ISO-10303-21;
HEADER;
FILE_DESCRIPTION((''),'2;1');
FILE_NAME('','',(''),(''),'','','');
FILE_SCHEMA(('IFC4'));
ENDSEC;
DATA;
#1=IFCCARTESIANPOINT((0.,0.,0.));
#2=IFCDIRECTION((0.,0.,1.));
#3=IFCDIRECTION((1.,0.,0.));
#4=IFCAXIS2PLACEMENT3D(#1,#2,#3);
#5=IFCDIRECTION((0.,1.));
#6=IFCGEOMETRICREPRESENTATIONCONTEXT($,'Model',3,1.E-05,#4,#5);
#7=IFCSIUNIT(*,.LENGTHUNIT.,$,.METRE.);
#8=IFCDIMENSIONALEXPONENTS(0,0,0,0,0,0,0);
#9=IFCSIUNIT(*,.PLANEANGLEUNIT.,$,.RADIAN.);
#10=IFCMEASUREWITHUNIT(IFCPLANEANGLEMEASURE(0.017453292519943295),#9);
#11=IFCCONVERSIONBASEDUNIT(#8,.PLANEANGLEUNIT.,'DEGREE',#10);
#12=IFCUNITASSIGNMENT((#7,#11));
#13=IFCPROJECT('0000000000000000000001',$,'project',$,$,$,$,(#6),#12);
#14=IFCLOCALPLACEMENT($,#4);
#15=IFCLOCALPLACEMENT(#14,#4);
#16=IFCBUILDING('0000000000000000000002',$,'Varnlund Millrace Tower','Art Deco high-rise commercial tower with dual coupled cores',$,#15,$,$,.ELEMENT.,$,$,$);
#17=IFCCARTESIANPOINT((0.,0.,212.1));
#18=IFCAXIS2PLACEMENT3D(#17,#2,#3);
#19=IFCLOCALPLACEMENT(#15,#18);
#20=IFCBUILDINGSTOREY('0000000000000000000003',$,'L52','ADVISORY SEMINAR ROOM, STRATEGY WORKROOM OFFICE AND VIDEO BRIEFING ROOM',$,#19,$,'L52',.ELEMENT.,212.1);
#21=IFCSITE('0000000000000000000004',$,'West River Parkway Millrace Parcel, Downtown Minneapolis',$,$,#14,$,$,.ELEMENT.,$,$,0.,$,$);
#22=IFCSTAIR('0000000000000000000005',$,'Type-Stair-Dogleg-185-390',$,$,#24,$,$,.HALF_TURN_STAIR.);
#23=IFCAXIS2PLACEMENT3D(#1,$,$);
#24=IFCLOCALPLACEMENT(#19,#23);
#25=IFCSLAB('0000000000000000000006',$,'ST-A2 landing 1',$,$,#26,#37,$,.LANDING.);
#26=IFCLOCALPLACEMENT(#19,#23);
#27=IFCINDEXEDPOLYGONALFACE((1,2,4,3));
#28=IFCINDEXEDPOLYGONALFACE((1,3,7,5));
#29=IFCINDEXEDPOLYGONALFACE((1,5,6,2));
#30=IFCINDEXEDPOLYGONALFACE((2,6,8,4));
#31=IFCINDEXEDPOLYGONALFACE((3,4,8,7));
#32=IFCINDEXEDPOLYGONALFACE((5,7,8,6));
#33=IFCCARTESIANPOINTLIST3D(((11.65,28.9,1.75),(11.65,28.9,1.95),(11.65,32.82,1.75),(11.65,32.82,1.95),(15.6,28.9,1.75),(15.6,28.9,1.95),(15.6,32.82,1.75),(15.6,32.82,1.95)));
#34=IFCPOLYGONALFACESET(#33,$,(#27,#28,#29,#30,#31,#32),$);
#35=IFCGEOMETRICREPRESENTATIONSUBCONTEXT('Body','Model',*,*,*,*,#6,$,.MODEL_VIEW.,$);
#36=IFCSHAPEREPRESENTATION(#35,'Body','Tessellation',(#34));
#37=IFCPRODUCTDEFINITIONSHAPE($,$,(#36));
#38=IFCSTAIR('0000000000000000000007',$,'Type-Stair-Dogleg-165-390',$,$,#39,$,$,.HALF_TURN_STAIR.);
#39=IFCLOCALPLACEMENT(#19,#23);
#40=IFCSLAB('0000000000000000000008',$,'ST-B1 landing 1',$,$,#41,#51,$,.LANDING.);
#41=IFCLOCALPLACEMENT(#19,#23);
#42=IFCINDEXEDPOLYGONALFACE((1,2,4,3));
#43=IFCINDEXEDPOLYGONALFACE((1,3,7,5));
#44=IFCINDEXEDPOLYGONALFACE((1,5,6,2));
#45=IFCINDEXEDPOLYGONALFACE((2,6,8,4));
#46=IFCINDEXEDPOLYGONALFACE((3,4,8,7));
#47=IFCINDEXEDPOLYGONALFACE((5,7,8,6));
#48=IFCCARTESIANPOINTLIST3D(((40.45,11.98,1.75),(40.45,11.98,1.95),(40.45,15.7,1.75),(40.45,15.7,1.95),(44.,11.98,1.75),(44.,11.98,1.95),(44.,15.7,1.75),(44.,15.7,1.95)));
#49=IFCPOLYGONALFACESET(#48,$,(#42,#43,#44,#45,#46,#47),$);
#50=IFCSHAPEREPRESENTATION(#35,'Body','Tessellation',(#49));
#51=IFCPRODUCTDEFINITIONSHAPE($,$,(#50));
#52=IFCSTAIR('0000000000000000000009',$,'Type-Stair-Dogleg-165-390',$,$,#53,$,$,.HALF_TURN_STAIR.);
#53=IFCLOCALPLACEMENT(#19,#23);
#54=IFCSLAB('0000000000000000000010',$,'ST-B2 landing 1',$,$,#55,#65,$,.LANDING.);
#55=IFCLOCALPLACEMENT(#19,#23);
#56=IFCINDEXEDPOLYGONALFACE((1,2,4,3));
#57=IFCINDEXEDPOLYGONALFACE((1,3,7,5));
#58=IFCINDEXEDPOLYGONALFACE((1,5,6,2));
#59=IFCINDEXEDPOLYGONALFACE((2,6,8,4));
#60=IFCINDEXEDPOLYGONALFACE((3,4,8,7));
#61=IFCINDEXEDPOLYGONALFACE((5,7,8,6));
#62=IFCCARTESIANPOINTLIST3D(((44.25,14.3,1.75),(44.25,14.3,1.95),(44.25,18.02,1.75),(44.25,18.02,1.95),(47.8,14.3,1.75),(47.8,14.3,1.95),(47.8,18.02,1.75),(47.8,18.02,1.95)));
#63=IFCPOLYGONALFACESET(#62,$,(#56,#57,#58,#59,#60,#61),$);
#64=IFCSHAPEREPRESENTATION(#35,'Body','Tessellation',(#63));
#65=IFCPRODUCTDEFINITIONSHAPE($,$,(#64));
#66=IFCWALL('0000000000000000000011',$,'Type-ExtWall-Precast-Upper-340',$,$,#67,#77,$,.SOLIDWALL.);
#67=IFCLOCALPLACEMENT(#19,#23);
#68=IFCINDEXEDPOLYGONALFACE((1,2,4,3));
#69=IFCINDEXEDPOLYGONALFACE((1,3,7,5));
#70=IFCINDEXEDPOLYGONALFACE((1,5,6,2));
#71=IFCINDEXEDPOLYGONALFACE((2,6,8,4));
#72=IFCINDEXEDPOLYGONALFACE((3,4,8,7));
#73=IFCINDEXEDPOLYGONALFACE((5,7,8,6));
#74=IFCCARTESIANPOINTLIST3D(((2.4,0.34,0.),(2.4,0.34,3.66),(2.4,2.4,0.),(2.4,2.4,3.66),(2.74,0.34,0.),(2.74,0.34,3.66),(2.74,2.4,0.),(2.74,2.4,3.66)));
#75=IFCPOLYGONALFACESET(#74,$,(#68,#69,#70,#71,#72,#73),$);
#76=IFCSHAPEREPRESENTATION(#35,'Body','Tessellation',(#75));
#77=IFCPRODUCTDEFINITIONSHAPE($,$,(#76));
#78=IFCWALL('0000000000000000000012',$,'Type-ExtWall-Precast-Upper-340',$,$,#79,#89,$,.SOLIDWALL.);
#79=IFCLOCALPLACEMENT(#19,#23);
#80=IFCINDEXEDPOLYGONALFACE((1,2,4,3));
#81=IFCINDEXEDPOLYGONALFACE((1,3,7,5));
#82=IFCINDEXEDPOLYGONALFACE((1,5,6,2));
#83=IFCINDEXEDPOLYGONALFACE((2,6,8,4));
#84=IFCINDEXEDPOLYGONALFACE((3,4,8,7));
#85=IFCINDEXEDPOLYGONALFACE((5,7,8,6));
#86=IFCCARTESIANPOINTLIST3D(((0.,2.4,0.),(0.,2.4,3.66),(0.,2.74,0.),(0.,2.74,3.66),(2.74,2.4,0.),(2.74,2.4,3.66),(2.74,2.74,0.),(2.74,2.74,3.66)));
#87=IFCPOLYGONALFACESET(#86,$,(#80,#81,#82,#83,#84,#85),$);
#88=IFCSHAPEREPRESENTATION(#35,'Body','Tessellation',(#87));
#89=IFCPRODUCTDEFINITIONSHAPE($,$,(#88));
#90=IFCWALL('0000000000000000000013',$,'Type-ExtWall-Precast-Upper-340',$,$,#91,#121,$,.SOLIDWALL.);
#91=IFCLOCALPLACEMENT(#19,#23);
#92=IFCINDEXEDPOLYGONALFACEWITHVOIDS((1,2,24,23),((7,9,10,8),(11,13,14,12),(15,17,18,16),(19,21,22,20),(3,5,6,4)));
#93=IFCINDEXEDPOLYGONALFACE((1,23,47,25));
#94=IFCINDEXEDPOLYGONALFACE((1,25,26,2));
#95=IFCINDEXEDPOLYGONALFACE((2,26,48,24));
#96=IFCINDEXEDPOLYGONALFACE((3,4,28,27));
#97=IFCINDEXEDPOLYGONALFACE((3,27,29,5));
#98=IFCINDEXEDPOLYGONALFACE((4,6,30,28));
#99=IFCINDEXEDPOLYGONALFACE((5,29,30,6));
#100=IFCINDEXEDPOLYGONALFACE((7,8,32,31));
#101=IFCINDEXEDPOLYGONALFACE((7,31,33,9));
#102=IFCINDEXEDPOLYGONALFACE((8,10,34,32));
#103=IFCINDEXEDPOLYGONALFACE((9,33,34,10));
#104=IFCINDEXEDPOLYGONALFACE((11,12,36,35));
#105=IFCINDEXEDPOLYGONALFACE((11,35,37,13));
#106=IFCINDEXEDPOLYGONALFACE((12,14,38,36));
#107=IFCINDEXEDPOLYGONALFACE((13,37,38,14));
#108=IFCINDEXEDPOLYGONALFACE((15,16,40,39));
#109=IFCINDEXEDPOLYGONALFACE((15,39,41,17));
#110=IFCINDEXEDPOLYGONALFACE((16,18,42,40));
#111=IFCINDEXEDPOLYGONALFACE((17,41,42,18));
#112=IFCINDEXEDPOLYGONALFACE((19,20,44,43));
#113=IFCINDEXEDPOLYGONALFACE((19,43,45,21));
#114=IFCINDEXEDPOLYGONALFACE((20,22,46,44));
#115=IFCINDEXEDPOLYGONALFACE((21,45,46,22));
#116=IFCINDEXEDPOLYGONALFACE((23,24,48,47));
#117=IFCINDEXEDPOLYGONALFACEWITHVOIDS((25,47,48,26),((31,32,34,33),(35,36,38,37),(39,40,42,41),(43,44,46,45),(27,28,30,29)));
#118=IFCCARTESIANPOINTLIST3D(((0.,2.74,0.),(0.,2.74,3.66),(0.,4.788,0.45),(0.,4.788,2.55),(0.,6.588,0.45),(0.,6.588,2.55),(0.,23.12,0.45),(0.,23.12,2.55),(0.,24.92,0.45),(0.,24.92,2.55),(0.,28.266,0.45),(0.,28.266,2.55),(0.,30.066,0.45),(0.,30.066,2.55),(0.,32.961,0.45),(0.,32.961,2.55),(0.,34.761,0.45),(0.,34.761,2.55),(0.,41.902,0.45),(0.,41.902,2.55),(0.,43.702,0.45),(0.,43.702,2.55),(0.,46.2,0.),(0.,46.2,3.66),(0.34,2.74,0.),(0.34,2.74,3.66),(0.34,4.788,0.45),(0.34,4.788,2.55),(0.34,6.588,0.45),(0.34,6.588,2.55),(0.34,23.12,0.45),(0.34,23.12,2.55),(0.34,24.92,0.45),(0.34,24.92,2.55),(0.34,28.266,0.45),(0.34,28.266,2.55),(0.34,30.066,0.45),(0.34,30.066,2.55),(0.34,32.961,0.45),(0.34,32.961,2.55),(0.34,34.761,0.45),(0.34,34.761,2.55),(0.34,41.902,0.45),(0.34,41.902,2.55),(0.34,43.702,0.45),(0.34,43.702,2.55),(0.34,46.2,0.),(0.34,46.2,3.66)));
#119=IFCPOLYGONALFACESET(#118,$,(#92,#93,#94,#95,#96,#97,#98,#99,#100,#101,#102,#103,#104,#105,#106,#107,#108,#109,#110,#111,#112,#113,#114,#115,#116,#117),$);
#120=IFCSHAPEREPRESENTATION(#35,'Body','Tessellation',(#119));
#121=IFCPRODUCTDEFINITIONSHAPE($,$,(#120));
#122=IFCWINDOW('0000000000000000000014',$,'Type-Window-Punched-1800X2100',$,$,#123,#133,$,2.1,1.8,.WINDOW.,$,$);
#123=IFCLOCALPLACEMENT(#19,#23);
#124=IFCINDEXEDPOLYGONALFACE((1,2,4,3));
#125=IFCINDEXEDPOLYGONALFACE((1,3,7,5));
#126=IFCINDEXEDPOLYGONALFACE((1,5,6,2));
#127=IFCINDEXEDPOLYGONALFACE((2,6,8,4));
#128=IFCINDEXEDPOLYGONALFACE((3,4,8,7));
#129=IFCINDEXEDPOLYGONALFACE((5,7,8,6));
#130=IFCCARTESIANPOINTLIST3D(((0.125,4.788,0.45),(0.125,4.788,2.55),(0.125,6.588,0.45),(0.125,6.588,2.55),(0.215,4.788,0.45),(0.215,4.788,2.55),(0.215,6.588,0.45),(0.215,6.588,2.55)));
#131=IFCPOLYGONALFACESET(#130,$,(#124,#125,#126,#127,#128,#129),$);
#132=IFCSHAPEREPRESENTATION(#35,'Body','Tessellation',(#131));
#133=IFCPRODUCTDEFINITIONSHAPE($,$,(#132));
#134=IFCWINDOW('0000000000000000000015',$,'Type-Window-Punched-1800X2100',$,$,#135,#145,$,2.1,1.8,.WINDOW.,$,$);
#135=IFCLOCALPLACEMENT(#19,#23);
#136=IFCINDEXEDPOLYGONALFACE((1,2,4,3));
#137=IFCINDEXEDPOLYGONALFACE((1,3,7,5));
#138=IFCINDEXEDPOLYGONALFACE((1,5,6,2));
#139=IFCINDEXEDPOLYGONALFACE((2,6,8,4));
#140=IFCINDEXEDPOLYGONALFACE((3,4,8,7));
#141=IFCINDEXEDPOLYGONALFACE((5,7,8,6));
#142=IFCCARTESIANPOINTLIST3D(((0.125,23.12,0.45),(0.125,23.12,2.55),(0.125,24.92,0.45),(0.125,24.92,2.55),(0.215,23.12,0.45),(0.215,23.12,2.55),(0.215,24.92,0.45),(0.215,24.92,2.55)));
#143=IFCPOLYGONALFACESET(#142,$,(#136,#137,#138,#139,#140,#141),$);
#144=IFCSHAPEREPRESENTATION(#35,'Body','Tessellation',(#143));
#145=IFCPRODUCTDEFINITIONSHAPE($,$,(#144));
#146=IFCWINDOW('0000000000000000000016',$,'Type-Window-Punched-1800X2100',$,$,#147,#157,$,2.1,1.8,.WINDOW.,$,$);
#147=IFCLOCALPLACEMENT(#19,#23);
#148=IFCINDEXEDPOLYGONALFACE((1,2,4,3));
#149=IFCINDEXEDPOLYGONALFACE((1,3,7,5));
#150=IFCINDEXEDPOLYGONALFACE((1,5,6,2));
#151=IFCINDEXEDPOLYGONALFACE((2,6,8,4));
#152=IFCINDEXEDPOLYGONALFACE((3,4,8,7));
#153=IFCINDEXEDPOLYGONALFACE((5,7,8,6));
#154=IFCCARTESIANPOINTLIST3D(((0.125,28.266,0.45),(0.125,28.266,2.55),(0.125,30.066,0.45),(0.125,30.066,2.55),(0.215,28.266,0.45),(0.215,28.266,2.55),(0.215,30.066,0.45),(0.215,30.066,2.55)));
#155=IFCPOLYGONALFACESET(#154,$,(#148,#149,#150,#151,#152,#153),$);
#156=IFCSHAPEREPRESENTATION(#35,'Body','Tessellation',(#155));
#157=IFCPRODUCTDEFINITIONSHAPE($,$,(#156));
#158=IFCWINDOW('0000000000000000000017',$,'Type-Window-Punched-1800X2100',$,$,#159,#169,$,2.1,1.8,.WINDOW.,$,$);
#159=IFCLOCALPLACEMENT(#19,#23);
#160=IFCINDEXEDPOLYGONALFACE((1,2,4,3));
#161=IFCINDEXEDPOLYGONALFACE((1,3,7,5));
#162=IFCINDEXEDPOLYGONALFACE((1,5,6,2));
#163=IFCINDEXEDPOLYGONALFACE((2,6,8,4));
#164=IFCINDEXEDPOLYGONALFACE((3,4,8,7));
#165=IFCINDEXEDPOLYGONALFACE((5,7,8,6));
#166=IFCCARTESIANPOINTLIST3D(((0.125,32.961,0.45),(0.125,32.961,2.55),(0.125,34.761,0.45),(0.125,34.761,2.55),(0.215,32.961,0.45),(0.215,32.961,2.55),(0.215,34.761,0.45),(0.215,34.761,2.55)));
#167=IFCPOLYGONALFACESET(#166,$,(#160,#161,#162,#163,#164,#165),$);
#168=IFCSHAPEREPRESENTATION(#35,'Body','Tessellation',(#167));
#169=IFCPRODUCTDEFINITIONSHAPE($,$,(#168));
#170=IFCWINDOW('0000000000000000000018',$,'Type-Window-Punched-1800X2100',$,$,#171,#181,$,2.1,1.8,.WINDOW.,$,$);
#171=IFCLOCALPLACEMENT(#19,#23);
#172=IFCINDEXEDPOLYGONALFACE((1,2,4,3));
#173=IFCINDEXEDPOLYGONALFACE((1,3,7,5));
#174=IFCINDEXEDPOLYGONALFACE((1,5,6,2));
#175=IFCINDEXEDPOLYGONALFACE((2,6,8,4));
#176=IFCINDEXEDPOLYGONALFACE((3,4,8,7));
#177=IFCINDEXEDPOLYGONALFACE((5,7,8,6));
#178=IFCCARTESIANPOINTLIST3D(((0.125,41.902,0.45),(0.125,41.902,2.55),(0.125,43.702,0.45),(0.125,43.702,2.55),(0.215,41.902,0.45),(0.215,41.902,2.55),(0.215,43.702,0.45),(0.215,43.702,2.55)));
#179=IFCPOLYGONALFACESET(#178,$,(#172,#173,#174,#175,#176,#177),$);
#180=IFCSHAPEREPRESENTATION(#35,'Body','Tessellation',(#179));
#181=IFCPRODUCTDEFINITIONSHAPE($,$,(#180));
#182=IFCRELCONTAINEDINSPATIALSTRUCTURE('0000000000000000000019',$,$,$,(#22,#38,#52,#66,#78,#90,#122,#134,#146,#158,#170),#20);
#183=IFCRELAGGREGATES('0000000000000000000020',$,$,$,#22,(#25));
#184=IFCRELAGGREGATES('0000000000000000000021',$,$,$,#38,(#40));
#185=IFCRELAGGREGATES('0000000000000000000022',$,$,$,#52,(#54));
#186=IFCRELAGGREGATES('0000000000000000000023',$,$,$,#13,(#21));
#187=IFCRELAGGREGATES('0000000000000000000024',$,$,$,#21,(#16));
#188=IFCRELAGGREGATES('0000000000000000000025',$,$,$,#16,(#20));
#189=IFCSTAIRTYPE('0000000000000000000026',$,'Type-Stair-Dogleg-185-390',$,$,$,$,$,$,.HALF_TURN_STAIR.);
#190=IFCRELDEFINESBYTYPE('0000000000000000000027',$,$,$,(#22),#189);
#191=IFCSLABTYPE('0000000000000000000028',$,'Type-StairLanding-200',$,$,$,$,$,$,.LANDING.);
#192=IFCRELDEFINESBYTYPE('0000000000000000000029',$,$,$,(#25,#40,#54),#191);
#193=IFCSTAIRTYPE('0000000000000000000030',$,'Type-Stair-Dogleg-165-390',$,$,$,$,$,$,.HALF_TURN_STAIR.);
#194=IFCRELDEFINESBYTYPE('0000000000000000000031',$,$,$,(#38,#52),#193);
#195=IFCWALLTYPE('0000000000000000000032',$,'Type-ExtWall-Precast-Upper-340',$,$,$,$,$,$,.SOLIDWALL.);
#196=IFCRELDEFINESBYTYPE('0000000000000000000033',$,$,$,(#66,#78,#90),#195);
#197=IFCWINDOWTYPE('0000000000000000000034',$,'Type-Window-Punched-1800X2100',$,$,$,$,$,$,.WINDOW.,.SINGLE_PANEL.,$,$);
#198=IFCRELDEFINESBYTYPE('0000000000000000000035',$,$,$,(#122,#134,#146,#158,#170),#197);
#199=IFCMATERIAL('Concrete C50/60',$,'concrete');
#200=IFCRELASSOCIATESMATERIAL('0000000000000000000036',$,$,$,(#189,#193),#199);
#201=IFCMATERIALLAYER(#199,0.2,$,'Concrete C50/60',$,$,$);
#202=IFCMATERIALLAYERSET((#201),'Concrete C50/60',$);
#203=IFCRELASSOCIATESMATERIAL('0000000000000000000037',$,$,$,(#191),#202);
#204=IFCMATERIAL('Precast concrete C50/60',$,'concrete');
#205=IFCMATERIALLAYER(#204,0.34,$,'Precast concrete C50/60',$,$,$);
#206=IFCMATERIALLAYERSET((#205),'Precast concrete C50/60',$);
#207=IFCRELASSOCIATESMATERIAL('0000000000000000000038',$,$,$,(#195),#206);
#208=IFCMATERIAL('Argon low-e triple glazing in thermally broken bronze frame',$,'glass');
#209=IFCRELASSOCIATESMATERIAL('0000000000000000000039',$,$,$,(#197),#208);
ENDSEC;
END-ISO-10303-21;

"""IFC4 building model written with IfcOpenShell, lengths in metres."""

from ifc_helpers import new_model, entity, si_unit, converted_unit, direction, frame, origin_with_axes, origin_2d_with_axis, place, context, subcontext, project, spatial, polyline, rectangle, outline, extrude, material, layer, layer_set, type_object, element, fill, aggregate, save


model = new_model("IFC4")

# Units and contexts
model_context = context("Model", 3, precision=1e-05, world=origin_with_axes(), true_north=direction((0.0, 1.0)))
body_context = subcontext(model_context, "Body", "Model", "MODEL_VIEW")
ifc_project = project(units=[si_unit("LENGTHUNIT", "METRE"), converted_unit("PLANEANGLEUNIT", "DEGREE", entity("IfcPlaneAngleMeasure", 0.017453292519943295), si_unit("PLANEANGLEUNIT", "RADIAN"), dimensions=[0, 0, 0, 0, 0, 0, 0])], contexts=[model_context])

# Site, building, storey
site_placement = place(None, origin_with_axes())
site = spatial("IfcSite", under=ifc_project, at=site_placement, Name="West River Parkway Millrace Parcel, Downtown Minneapolis", CompositionType="ELEMENT", RefElevation=0.0)
building_placement = place(site_placement, origin_with_axes())
building = spatial("IfcBuilding", under=site, at=building_placement, Name="Varnlund Millrace Tower", Description="Art Deco high-rise commercial tower with dual coupled cores", CompositionType="ELEMENT")
storey_placement = place(building_placement, frame((0.0, 0.0, 212.1), z_axis=(0.0, 0.0, 1.0), x_axis=(1.0, 0.0, 0.0)))
storey = spatial("IfcBuildingStorey", under=building, at=storey_placement, Name="L52", Description="ADVISORY SEMINAR ROOM, STRATEGY WORKROOM OFFICE AND VIDEO BRIEFING ROOM", LongName="L52", CompositionType="ELEMENT", Elevation=212.1)

# Stairs, slabs
ifc_material_1 = material(Name="Concrete C50/60", Category="concrete")
stair_type_1 = type_object("IfcStairType", Name="Type-Stair-Dogleg-185-390", PredefinedType="HALF_TURN_STAIR", material=ifc_material_1)
ifc_layer_1 = layer(ifc_material_1, 0.2, Name="Concrete C50/60")
ifc_layer_set_1 = layer_set([ifc_layer_1], Name="Concrete C50/60")
slab_type = type_object("IfcSlabType", Name="Type-StairLanding-200", PredefinedType="LANDING", material=ifc_layer_set_1)
stair_1_placement = place(storey_placement, origin_with_axes())
stair_1 = element("IfcStair", 1, at=stair_1_placement, inside=storey, type_object=stair_type_1, Name="Type-Stair-Dogleg-185-390", PredefinedType="HALF_TURN_STAIR")
slab_1_placement = place(storey_placement, frame((0.0, 0.0, 1.75), z_axis=(0.0, 0.0, 1.0), x_axis=(1.0, 0.0, 0.0)))
slab_1 = element("IfcSlab", 2, at=slab_1_placement, type_object=slab_type, Name="ST-A2 landing 1", PredefinedType="LANDING", context=body_context, shape_type="SweptSolid", body=[
    extrude(outline(polyline([(11.65, 32.82), (11.65, 28.9), (15.6, 28.9), (15.6, 32.82), (11.65, 32.82)])), origin_with_axes(), (0.0, 0.0, 1.0), 0.2),
])
aggregate(stair_1, [slab_1])
stair_type_2 = type_object("IfcStairType", Name="Type-Stair-Dogleg-165-390", PredefinedType="HALF_TURN_STAIR", material=ifc_material_1)
stair_2_placement = place(storey_placement, origin_with_axes())
stair_2 = element("IfcStair", 3, at=stair_2_placement, inside=storey, type_object=stair_type_2, Name="Type-Stair-Dogleg-165-390", PredefinedType="HALF_TURN_STAIR")
slab_2_placement = place(storey_placement, frame((0.0, 0.0, 1.75), z_axis=(0.0, 0.0, 1.0), x_axis=(1.0, 0.0, 0.0)))
slab_2 = element("IfcSlab", 4, at=slab_2_placement, type_object=slab_type, Name="ST-B1 landing 1", PredefinedType="LANDING", context=body_context, shape_type="SweptSolid", body=[
    extrude(outline(polyline([(44.0, 11.98), (44.0, 15.7), (40.45, 15.7), (40.45, 11.98), (44.0, 11.98)])), origin_with_axes(), (0.0, 0.0, 1.0), 0.2),
])
aggregate(stair_2, [slab_2])
stair_3_placement = place(storey_placement, origin_with_axes())
stair_3 = element("IfcStair", 5, at=stair_3_placement, inside=storey, type_object=stair_type_2, Name="Type-Stair-Dogleg-165-390", PredefinedType="HALF_TURN_STAIR")
slab_3_placement = place(storey_placement, frame((0.0, 0.0, 1.75), z_axis=(0.0, 0.0, 1.0), x_axis=(1.0, 0.0, 0.0)))
slab_3 = element("IfcSlab", 6, at=slab_3_placement, type_object=slab_type, Name="ST-B2 landing 1", PredefinedType="LANDING", context=body_context, shape_type="SweptSolid", body=[
    extrude(outline(polyline([(44.25, 18.02), (44.25, 14.3), (47.8, 14.3), (47.8, 18.02), (44.25, 18.02)])), origin_with_axes(), (0.0, 0.0, 1.0), 0.2),
])
aggregate(stair_3, [slab_3])

# Walls
ifc_material_2 = material(Name="Precast concrete C50/60", Category="concrete")
ifc_layer_2 = layer(ifc_material_2, 0.34, Name="Precast concrete C50/60")
ifc_layer_set_2 = layer_set([ifc_layer_2], Name="Precast concrete C50/60")
wall_type = type_object("IfcWallType", Name="Type-ExtWall-Precast-Upper-340", PredefinedType="SOLIDWALL", material=ifc_layer_set_2)
wall_1_placement = place(storey_placement, frame((2.57, 0.34, 0.0), z_axis=(0.0, 0.0, 1.0), x_axis=(0.0, 1.0, 0.0)))
element("IfcWall", 7, at=wall_1_placement, inside=storey, type_object=wall_type, Name="Type-ExtWall-Precast-Upper-340", PredefinedType="SOLIDWALL", context=body_context, shape_type="SweptSolid", body=[
    extrude(outline(polyline([(0.0, -0.17), (2.06, -0.17), (2.06, 0.17), (0.0, 0.17), (0.0, -0.17)])), origin_with_axes(), (0.0, 0.0, 1.0), 3.66),
])
wall_2_placement = place(storey_placement, frame((2.74, 2.57, 0.0), z_axis=(0.0, 0.0, 1.0), x_axis=(-1.0, 0.0, 0.0)))
element("IfcWall", 8, at=wall_2_placement, inside=storey, type_object=wall_type, Name="Type-ExtWall-Precast-Upper-340", PredefinedType="SOLIDWALL", context=body_context, shape_type="SweptSolid", body=[
    extrude(outline(polyline([(0.0, -0.17), (2.74, -0.17), (2.74, 0.17), (0.0, 0.17), (0.0, -0.17)])), origin_with_axes(), (0.0, 0.0, 1.0), 3.66),
])

# Wall, openings, windows
wall_3_placement = place(storey_placement, frame((0.17, 2.74, 0.0), z_axis=(0.0, 0.0, 1.0), x_axis=(0.0, 1.0, 0.0)))
wall_3 = element("IfcWall", 9, at=wall_3_placement, inside=storey, type_object=wall_type, Name="Type-ExtWall-Precast-Upper-340", PredefinedType="SOLIDWALL", context=body_context, shape_type="SweptSolid", body=[
    extrude(outline(polyline([(0.0, -0.17), (43.46, -0.17), (43.46, 0.17), (0.0, 0.17), (0.0, -0.17)])), origin_with_axes(), (0.0, 0.0, 1.0), 3.66),
])
opening_1_placement = place(wall_3_placement, frame((2.948, 0.0, 0.45), z_axis=(0.0, 0.0, 1.0), x_axis=(1.0, 0.0, 0.0)))
opening_1 = element("IfcOpeningElement", 10, at=opening_1_placement, cuts=wall_3, PredefinedType="OPENING", context=body_context, shape_type="SweptSolid", body=[
    extrude(rectangle(XDim=1.8, YDim=0.36, at=origin_2d_with_axis()), origin_with_axes(), (0.0, 0.0, 1.0), 2.1),
])
opening_2_placement = place(wall_3_placement, frame((21.28, 0.0, 0.45), z_axis=(0.0, 0.0, 1.0), x_axis=(1.0, 0.0, 0.0)))
opening_2 = element("IfcOpeningElement", 11, at=opening_2_placement, cuts=wall_3, PredefinedType="OPENING", context=body_context, shape_type="SweptSolid", body=[
    extrude(rectangle(XDim=1.8, YDim=0.36, at=origin_2d_with_axis()), origin_with_axes(), (0.0, 0.0, 1.0), 2.1),
])
opening_3_placement = place(wall_3_placement, frame((26.426, 0.0, 0.45), z_axis=(0.0, 0.0, 1.0), x_axis=(1.0, 0.0, 0.0)))
opening_3 = element("IfcOpeningElement", 12, at=opening_3_placement, cuts=wall_3, PredefinedType="OPENING", context=body_context, shape_type="SweptSolid", body=[
    extrude(rectangle(XDim=1.8, YDim=0.36, at=origin_2d_with_axis()), origin_with_axes(), (0.0, 0.0, 1.0), 2.1),
])
opening_4_placement = place(wall_3_placement, frame((31.121, 0.0, 0.45), z_axis=(0.0, 0.0, 1.0), x_axis=(1.0, 0.0, 0.0)))
opening_4 = element("IfcOpeningElement", 13, at=opening_4_placement, cuts=wall_3, PredefinedType="OPENING", context=body_context, shape_type="SweptSolid", body=[
    extrude(rectangle(XDim=1.8, YDim=0.36, at=origin_2d_with_axis()), origin_with_axes(), (0.0, 0.0, 1.0), 2.1),
])
opening_5_placement = place(wall_3_placement, frame((40.062, 0.0, 0.45), z_axis=(0.0, 0.0, 1.0), x_axis=(1.0, 0.0, 0.0)))
opening_5 = element("IfcOpeningElement", 14, at=opening_5_placement, cuts=wall_3, PredefinedType="OPENING", context=body_context, shape_type="SweptSolid", body=[
    extrude(rectangle(XDim=1.8, YDim=0.36, at=origin_2d_with_axis()), origin_with_axes(), (0.0, 0.0, 1.0), 2.1),
])
ifc_material_3 = material(Name="Argon low-e triple glazing in thermally broken bronze frame", Category="glass")
window_type = type_object("IfcWindowType", Name="Type-Window-Punched-1800X2100", PartitioningType="SINGLE_PANEL", PredefinedType="WINDOW", material=ifc_material_3)
window_1_placement = place(wall_3_placement, frame((2.948, 0.0, 0.45), z_axis=(0.0, 0.0, 1.0), x_axis=(1.0, 0.0, 0.0)))
window_1 = element("IfcWindow", 15, at=window_1_placement, inside=storey, type_object=window_type, Name="Type-Window-Punched-1800X2100", OverallHeight=2.1, OverallWidth=1.8, PredefinedType="WINDOW", context=body_context, shape_type="SweptSolid", body=[
    extrude(rectangle(XDim=1.8, YDim=0.09, at=origin_2d_with_axis()), origin_with_axes(), (0.0, 0.0, 1.0), 2.1),
])
fill(opening_1, window_1)
window_2_placement = place(wall_3_placement, frame((21.28, 0.0, 0.45), z_axis=(0.0, 0.0, 1.0), x_axis=(1.0, 0.0, 0.0)))
window_2 = element("IfcWindow", 16, at=window_2_placement, inside=storey, type_object=window_type, Name="Type-Window-Punched-1800X2100", OverallHeight=2.1, OverallWidth=1.8, PredefinedType="WINDOW", context=body_context, shape_type="SweptSolid", body=[
    extrude(rectangle(XDim=1.8, YDim=0.09, at=origin_2d_with_axis()), origin_with_axes(), (0.0, 0.0, 1.0), 2.1),
])
fill(opening_2, window_2)
window_3_placement = place(wall_3_placement, frame((26.426, 0.0, 0.45), z_axis=(0.0, 0.0, 1.0), x_axis=(1.0, 0.0, 0.0)))
window_3 = element("IfcWindow", 17, at=window_3_placement, inside=storey, type_object=window_type, Name="Type-Window-Punched-1800X2100", OverallHeight=2.1, OverallWidth=1.8, PredefinedType="WINDOW", context=body_context, shape_type="SweptSolid", body=[
    extrude(rectangle(XDim=1.8, YDim=0.09, at=origin_2d_with_axis()), origin_with_axes(), (0.0, 0.0, 1.0), 2.1),
])
fill(opening_3, window_3)
window_4_placement = place(wall_3_placement, frame((31.121, 0.0, 0.45), z_axis=(0.0, 0.0, 1.0), x_axis=(1.0, 0.0, 0.0)))
window_4 = element("IfcWindow", 18, at=window_4_placement, inside=storey, type_object=window_type, Name="Type-Window-Punched-1800X2100", OverallHeight=2.1, OverallWidth=1.8, PredefinedType="WINDOW", context=body_context, shape_type="SweptSolid", body=[
    extrude(rectangle(XDim=1.8, YDim=0.09, at=origin_2d_with_axis()), origin_with_axes(), (0.0, 0.0, 1.0), 2.1),
])
fill(opening_4, window_4)
window_5_placement = place(wall_3_placement, frame((40.062, 0.0, 0.45), z_axis=(0.0, 0.0, 1.0), x_axis=(1.0, 0.0, 0.0)))
window_5 = element("IfcWindow", 19, at=window_5_placement, inside=storey, type_object=window_type, Name="Type-Window-Punched-1800X2100", OverallHeight=2.1, OverallWidth=1.8, PredefinedType="WINDOW", context=body_context, shape_type="SweptSolid", body=[
    extrude(rectangle(XDim=1.8, YDim=0.09, at=origin_2d_with_axis()), origin_with_axes(), (0.0, 0.0, 1.0), 2.1),
])
fill(opening_5, window_5)

save(model, "model.ifc")
